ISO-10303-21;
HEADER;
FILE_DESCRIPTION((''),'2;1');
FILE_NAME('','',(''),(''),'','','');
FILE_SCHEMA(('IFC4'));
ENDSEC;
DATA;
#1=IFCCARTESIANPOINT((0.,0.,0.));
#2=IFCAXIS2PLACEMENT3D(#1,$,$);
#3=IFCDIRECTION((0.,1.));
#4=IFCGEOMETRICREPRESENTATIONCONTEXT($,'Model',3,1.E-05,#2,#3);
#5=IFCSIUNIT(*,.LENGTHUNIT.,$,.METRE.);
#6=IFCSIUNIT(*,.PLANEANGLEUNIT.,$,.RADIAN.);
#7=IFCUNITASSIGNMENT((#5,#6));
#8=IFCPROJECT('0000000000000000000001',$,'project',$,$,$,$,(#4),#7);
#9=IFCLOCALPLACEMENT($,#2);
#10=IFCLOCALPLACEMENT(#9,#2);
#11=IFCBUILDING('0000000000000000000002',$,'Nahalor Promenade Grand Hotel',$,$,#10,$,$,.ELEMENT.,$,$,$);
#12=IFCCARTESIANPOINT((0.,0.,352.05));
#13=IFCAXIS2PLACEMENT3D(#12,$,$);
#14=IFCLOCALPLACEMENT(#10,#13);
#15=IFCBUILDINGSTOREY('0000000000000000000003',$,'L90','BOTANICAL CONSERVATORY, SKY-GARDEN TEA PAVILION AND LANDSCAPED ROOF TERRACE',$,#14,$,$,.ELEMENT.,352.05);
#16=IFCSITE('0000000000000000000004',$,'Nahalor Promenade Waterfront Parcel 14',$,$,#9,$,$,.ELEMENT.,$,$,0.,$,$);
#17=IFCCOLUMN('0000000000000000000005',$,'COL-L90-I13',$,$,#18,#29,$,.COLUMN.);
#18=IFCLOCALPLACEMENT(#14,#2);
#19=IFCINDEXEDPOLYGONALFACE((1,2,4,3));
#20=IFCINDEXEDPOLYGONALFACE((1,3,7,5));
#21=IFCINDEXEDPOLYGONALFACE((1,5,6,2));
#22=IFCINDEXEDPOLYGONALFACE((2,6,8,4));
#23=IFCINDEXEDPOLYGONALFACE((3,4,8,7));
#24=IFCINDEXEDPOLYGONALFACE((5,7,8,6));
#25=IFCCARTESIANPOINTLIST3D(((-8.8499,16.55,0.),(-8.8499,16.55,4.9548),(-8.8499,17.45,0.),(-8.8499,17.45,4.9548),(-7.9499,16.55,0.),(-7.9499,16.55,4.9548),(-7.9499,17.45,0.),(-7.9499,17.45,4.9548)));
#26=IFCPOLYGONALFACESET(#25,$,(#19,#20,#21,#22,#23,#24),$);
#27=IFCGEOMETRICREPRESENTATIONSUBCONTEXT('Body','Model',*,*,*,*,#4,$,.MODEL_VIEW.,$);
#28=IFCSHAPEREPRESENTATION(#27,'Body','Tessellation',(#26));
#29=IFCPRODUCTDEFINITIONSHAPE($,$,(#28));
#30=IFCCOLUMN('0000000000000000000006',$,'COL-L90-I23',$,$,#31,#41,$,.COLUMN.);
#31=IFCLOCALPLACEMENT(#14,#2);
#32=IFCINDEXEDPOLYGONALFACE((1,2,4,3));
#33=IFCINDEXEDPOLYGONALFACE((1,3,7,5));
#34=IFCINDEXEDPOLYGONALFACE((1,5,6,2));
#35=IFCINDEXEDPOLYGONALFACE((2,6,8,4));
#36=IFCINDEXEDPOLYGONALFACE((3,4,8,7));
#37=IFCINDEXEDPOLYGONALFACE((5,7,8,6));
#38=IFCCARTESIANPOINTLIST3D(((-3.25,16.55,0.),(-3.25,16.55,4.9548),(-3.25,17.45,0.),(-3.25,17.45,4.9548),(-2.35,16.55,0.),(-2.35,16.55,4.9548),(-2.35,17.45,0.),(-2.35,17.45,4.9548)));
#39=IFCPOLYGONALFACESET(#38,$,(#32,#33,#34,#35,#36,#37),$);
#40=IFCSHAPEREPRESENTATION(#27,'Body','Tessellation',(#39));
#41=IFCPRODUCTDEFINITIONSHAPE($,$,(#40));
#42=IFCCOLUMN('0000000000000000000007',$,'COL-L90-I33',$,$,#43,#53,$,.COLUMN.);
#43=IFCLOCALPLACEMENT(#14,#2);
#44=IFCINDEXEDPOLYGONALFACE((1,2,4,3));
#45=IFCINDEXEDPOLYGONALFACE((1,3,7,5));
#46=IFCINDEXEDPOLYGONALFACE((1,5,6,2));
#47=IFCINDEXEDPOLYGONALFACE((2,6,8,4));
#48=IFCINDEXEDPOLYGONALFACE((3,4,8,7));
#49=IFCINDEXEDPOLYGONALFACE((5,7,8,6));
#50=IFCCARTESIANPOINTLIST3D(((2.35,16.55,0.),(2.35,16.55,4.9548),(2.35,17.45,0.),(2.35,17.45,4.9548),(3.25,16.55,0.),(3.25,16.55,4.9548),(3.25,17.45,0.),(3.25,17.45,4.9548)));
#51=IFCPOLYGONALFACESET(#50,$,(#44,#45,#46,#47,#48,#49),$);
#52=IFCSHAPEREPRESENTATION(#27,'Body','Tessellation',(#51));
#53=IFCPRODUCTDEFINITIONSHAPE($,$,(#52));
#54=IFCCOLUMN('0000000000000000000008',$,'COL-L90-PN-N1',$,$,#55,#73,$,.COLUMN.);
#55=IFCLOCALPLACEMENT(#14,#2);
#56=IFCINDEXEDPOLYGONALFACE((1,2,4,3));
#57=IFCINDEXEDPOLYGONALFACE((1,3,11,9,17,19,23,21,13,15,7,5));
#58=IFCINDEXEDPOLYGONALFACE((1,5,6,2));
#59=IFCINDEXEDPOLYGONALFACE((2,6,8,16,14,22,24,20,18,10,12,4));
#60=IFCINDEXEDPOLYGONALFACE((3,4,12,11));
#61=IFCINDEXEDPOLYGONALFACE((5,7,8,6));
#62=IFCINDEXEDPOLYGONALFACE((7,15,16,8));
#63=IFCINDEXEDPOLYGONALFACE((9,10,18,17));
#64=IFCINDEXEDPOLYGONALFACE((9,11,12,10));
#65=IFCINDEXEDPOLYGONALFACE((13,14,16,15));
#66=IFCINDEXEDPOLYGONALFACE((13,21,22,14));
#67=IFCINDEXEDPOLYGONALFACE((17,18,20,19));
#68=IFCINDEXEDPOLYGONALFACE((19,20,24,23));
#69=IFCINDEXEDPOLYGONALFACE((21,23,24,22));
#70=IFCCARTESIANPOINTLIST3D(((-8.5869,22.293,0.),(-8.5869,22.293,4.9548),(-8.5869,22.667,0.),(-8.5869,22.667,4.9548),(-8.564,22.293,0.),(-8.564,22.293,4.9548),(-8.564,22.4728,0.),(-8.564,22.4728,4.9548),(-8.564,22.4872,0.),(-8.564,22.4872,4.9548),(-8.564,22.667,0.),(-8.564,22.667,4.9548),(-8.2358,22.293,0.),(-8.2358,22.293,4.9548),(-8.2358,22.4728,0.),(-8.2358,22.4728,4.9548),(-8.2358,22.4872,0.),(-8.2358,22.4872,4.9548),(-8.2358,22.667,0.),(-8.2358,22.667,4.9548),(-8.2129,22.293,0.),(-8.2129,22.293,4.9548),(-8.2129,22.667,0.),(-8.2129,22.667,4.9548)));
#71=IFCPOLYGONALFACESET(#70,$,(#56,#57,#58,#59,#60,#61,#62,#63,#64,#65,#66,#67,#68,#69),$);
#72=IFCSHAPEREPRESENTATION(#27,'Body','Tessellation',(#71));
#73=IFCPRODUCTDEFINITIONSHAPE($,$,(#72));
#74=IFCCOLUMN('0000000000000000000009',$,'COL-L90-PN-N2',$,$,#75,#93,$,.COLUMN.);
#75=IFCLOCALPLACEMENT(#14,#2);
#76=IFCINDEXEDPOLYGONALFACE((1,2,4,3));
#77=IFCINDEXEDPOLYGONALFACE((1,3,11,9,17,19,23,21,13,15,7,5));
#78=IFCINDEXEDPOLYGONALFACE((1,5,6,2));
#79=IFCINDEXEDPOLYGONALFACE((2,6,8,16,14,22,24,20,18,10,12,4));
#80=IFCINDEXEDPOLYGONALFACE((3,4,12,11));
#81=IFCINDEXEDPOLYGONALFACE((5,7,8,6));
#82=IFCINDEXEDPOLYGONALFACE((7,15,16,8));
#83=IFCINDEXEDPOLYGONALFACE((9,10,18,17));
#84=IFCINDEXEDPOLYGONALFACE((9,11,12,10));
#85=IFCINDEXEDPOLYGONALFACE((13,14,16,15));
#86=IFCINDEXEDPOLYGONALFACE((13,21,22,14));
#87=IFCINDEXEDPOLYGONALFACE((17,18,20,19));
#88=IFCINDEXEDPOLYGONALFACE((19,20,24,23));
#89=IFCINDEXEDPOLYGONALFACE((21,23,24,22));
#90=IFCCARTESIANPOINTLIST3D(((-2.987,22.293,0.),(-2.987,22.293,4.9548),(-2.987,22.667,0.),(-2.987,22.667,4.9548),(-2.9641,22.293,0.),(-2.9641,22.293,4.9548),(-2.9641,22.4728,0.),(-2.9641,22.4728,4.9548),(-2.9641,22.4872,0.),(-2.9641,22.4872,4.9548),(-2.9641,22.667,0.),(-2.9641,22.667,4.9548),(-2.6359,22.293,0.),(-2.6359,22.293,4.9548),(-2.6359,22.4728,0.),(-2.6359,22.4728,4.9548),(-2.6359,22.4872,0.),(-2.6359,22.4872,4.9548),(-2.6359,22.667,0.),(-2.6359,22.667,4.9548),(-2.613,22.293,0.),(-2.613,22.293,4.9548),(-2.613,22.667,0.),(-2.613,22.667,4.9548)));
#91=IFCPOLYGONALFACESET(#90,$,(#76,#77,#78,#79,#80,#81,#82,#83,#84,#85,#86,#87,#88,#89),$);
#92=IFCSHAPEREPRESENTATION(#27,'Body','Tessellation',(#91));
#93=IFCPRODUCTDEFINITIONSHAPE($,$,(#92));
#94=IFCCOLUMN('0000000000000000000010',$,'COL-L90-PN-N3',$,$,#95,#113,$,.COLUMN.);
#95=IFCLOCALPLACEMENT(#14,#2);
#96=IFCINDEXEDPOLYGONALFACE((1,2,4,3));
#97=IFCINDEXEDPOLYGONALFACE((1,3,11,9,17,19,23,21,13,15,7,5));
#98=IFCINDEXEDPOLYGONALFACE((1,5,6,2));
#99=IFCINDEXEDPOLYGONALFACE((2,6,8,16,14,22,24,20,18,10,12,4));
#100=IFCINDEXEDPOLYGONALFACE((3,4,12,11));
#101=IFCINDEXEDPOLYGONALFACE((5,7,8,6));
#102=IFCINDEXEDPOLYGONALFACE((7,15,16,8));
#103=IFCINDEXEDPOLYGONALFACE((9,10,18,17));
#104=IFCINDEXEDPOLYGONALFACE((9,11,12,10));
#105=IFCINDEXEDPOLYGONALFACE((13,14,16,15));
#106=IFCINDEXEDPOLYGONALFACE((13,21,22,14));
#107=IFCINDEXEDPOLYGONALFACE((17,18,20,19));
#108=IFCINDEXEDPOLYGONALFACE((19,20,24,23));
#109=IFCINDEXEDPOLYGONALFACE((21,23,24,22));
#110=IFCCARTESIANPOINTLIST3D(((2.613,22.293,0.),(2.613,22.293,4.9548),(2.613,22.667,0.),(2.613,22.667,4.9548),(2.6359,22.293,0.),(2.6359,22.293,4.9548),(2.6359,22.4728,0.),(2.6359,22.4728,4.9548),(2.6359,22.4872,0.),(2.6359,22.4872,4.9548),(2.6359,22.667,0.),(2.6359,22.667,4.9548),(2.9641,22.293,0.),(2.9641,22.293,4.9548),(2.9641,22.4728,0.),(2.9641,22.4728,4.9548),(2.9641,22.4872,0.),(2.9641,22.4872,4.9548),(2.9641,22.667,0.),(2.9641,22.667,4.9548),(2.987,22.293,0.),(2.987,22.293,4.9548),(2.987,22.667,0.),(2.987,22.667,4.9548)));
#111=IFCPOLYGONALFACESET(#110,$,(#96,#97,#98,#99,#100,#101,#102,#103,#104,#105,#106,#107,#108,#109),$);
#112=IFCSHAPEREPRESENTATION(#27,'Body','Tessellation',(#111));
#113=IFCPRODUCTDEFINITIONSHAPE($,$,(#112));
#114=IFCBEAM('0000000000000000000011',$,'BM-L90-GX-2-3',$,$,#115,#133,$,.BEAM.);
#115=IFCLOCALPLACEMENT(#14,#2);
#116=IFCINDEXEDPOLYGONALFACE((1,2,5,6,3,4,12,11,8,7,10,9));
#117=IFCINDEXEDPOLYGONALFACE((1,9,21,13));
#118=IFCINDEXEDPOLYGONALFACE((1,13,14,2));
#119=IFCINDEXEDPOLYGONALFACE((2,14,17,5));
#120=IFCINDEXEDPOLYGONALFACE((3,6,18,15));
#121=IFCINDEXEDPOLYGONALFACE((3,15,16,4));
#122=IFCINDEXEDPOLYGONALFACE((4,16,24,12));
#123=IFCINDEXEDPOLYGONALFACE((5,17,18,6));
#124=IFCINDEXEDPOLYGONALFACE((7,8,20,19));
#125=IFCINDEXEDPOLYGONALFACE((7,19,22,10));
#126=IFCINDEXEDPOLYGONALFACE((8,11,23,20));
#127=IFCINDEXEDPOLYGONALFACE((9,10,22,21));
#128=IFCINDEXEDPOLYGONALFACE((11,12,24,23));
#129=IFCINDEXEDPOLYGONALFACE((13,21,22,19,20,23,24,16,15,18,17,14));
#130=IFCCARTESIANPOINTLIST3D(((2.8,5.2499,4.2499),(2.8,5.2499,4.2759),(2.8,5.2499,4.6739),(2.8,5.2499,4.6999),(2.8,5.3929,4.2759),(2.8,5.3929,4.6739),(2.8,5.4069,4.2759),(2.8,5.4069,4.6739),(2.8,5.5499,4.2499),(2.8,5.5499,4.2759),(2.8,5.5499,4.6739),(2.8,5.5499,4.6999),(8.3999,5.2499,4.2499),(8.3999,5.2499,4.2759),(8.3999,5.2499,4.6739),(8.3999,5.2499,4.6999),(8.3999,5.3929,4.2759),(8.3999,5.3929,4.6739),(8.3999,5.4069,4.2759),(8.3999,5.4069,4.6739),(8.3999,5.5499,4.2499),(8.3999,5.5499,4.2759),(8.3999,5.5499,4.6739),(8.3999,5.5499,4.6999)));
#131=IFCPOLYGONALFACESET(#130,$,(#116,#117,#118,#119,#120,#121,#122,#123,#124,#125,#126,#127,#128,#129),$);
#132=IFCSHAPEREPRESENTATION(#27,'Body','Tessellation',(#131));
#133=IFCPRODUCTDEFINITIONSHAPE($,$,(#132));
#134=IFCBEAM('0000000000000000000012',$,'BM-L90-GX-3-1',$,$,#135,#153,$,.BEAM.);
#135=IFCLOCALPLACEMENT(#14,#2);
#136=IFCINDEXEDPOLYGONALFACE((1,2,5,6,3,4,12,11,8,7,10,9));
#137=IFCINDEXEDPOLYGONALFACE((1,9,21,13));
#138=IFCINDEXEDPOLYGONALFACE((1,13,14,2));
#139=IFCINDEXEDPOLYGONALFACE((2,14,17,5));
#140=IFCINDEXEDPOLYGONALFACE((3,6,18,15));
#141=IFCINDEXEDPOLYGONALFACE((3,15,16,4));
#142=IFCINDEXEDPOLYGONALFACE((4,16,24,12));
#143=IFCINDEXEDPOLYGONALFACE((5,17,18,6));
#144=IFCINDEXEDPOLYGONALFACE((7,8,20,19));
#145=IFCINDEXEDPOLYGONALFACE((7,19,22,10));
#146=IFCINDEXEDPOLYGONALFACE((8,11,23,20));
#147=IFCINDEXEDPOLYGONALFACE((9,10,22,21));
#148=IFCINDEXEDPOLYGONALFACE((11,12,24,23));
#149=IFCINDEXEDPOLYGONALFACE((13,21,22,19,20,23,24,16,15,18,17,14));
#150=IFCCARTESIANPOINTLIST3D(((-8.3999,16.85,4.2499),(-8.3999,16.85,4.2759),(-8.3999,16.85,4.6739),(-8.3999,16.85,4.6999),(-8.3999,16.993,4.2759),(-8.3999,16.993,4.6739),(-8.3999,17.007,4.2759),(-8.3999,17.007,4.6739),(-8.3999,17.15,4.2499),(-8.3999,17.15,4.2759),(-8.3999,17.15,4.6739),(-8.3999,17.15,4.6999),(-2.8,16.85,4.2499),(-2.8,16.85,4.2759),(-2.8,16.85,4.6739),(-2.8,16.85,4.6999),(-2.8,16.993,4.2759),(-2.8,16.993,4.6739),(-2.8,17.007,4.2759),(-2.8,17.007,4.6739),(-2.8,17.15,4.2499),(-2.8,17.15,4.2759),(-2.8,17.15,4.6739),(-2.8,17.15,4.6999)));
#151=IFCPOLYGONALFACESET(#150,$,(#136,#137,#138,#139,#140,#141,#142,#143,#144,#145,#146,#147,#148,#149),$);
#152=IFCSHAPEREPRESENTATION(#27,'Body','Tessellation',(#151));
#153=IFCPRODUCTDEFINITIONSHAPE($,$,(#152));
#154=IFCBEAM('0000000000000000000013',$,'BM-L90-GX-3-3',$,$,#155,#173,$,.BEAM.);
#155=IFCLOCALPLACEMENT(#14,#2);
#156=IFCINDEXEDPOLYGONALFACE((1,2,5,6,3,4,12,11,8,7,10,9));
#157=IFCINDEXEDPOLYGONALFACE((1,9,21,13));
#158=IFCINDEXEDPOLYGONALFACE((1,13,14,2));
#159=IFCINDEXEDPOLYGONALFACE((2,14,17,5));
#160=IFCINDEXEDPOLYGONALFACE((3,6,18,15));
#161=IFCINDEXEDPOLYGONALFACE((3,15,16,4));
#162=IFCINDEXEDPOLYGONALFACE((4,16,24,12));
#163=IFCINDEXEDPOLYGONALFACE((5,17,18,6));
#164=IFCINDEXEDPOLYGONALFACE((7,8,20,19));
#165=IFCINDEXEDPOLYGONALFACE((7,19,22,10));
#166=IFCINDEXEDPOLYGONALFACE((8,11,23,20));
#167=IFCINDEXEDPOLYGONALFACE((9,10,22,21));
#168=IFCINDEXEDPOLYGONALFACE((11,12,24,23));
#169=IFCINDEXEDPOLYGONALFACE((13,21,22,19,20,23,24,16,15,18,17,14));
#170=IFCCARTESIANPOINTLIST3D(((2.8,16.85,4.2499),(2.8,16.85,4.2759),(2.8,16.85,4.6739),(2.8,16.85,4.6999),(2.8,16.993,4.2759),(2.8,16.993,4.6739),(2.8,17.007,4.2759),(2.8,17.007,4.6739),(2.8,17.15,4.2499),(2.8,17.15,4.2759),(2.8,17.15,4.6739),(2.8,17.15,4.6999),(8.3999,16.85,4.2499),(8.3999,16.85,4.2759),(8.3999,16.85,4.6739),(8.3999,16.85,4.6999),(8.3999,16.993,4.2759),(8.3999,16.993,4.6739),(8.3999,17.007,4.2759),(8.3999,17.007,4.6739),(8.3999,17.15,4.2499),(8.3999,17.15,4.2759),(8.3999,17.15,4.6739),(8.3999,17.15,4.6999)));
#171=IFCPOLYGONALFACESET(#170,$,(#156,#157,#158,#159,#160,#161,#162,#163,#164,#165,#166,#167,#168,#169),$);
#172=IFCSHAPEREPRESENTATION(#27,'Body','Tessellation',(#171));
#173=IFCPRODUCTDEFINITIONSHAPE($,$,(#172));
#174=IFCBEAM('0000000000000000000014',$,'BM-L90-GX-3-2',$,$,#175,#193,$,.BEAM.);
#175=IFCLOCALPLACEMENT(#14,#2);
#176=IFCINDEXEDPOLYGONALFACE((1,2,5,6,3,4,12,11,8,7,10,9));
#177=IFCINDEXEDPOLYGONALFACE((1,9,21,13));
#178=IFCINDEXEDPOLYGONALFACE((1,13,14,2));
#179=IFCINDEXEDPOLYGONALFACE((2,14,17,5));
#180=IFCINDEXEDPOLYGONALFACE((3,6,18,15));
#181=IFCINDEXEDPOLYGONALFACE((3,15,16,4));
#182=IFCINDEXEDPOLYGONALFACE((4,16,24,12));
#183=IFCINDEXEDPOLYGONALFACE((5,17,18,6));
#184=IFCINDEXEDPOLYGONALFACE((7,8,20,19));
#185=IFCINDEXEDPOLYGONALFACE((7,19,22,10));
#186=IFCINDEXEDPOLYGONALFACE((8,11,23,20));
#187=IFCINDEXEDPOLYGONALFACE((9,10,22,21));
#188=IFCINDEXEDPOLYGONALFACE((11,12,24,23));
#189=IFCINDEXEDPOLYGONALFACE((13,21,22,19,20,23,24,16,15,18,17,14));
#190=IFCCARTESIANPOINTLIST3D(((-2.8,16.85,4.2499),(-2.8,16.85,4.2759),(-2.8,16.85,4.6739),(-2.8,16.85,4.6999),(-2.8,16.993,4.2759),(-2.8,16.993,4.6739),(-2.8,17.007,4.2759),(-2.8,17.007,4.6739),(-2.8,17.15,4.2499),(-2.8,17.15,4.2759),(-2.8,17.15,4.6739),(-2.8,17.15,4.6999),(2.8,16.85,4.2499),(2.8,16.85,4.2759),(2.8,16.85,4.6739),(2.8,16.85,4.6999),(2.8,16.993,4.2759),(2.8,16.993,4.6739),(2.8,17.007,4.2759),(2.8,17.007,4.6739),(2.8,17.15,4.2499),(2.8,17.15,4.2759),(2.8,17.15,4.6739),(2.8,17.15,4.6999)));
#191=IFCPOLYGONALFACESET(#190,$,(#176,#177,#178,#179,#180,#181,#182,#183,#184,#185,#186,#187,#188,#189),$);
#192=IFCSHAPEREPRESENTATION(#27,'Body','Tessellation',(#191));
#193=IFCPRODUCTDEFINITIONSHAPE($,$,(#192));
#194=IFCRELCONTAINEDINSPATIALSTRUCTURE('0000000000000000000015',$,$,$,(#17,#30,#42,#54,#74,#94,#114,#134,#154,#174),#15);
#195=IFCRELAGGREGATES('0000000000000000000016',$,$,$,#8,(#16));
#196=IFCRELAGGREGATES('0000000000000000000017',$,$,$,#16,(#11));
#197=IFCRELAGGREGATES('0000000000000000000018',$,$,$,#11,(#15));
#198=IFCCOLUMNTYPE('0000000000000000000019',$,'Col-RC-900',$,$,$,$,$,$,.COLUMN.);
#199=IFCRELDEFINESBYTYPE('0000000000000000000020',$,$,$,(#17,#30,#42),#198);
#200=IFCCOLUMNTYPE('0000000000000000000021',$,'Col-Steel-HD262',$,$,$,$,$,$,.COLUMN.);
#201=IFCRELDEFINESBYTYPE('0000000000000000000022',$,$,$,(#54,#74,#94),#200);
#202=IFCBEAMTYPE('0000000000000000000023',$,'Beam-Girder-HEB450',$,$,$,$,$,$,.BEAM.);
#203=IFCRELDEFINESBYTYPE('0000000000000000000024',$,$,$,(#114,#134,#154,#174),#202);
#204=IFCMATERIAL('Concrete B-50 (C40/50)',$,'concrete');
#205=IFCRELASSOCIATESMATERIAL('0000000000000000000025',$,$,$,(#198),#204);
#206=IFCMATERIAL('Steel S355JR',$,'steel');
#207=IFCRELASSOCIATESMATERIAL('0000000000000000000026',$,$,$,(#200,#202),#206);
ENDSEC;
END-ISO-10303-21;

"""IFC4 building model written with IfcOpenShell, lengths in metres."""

from ifc_helpers import new_model, si_unit, direction, frame, origin, origin_2d, place, context, subcontext, project, spatial, rectangle, i_section, extrude, source, transform, mapped, material, material_profile, profile_set, type_object, element, save


model = new_model("IFC4")

# Units and contexts
model_context = context("Model", 3, precision=1e-05, world=origin(), true_north=direction((0.0, 1.0)))
body_context = subcontext(model_context, "Body", "Model", "MODEL_VIEW")
ifc_project = project(units=[si_unit("LENGTHUNIT", "METRE"), si_unit("PLANEANGLEUNIT", "RADIAN")], contexts=[model_context])

# Site, building, storey
site_placement = place(None, origin())
site = spatial("IfcSite", under=ifc_project, at=site_placement, Name="Nahalor Promenade Waterfront Parcel 14", CompositionType="ELEMENT", RefElevation=0.0)
building_placement = place(site_placement, origin())
building = spatial("IfcBuilding", under=site, at=building_placement, Name="Nahalor Promenade Grand Hotel", CompositionType="ELEMENT")
storey_placement = place(building_placement, frame((0.0, 0.0, 352.05)))
storey = spatial("IfcBuildingStorey", under=building, at=storey_placement, Name="L90", Description="BOTANICAL CONSERVATORY, SKY-GARDEN TEA PAVILION AND LANDSCAPED ROOF TERRACE", CompositionType="ELEMENT", Elevation=352.05)

# Columns
ifc_material_1 = material(Name="Concrete B-50 (C40/50)", Category="concrete")
ifc_material_profile_1 = material_profile(ifc_material_1, rectangle(XDim=0.9, YDim=0.9, at=origin_2d()), Name="RC 900x900")
ifc_profile_set_1 = profile_set([ifc_material_profile_1], Name="Concrete B-50 (C40/50)")
column_type_1 = type_object("IfcColumnType", Name="Col-RC-900", PredefinedType="COLUMN", material=ifc_profile_set_1)
shared_shape_1 = source(origin(), body_context, "Body", "SweptSolid", [
    extrude(rectangle(XDim=0.9, YDim=0.9, at=origin_2d()), origin(), (0.0, 0.0, 1.0), 4.9548),
])
for number, where, z_axis, x_axis, name in (
    (1, (-8.3999, 17.0, 0.0), (0.0, 0.0, 1.0), (1.0, 0.0, 0.0), "COL-L90-I13"),
    (2, (-2.8, 17.0, 0.0), (0.0, 0.0, 1.0), (1.0, 0.0, 0.0), "COL-L90-I23"),
    (3, (2.8, 17.0, 0.0), (0.0, 0.0, 1.0), (1.0, 0.0, 0.0), "COL-L90-I33"),
):
    element("IfcColumn", number, at=place(storey_placement, frame(where, z_axis=z_axis, x_axis=x_axis)), inside=storey, type_object=column_type_1, Name=name, PredefinedType="COLUMN", context=body_context, shape_type="MappedRepresentation", body=[
        mapped(shared_shape_1, transform((0.0, 0.0, 0.0), scale=1.0)),
    ])
ifc_material_2 = material(Name="Steel S355JR", Category="steel")
ifc_material_profile_2 = material_profile(ifc_material_2, i_section(OverallWidth=0.374, OverallDepth=0.374, WebThickness=0.0144, FlangeThickness=0.0229, at=origin_2d()), Name="HD 360x262")
ifc_profile_set_2 = profile_set([ifc_material_profile_2], Name="Steel S355JR")
column_type_2 = type_object("IfcColumnType", Name="Col-Steel-HD262", PredefinedType="COLUMN", material=ifc_profile_set_2)
shared_shape_2 = source(origin(), body_context, "Body", "SweptSolid", [
    extrude(i_section(OverallWidth=0.374, OverallDepth=0.374, WebThickness=0.0144, FlangeThickness=0.0229, at=origin_2d()), origin(), (0.0, 0.0, 1.0), 4.9548),
])
for number, where, z_axis, x_axis, name in (
    (4, (-8.3999, 22.48, 0.0), (0.0, 0.0, 1.0), (0.0, 1.0, 0.0), "COL-L90-PN-N1"),
    (5, (-2.8, 22.48, 0.0), (0.0, 0.0, 1.0), (0.0, 1.0, 0.0), "COL-L90-PN-N2"),
    (6, (2.8, 22.48, 0.0), (0.0, 0.0, 1.0), (0.0, 1.0, 0.0), "COL-L90-PN-N3"),
):
    element("IfcColumn", number, at=place(storey_placement, frame(where, z_axis=z_axis, x_axis=x_axis)), inside=storey, type_object=column_type_2, Name=name, PredefinedType="COLUMN", context=body_context, shape_type="MappedRepresentation", body=[
        mapped(shared_shape_2, transform((0.0, 0.0, 0.0), scale=1.0)),
    ])

# Beams
ifc_material_profile_3 = material_profile(ifc_material_2, i_section(OverallWidth=0.3, OverallDepth=0.45, WebThickness=0.014, FlangeThickness=0.026, at=origin_2d()), Name="HEB 450")
ifc_profile_set_3 = profile_set([ifc_material_profile_3], Name="Steel S355JR")
beam_type = type_object("IfcBeamType", Name="Beam-Girder-HEB450", PredefinedType="BEAM", material=ifc_profile_set_3)
shared_shape_3 = source(origin(), body_context, "Body", "SweptSolid", [
    extrude(i_section(OverallWidth=0.3, OverallDepth=0.45, WebThickness=0.014, FlangeThickness=0.026, at=origin_2d()), origin(), (0.0, 0.0, 1.0), 5.5999),
])
for number, where, z_axis, x_axis, name in (
    (7, (2.8, 5.3999, 4.4749), (1.0, 0.0, 0.0), (0.0, 1.0, 0.0), "BM-L90-GX-2-3"),
    (8, (-8.3999, 17.0, 4.4749), (1.0, 0.0, 0.0), (0.0, 1.0, 0.0), "BM-L90-GX-3-1"),
    (9, (2.8, 17.0, 4.4749), (1.0, 0.0, 0.0), (0.0, 1.0, 0.0), "BM-L90-GX-3-3"),
):
    element("IfcBeam", number, at=place(storey_placement, frame(where, z_axis=z_axis, x_axis=x_axis)), inside=storey, type_object=beam_type, Name=name, PredefinedType="BEAM", context=body_context, shape_type="MappedRepresentation", body=[
        mapped(shared_shape_3, transform((0.0, 0.0, 0.0), scale=1.0)),
    ])
shared_shape_4 = source(origin(), body_context, "Body", "SweptSolid", [
    extrude(i_section(OverallWidth=0.3, OverallDepth=0.45, WebThickness=0.014, FlangeThickness=0.026, at=origin_2d()), origin(), (0.0, 0.0, 1.0), 5.6001),
])
beam_1_placement = place(storey_placement, frame((-2.8, 17.0, 4.4749), z_axis=(1.0, 0.0, 0.0), x_axis=(0.0, 1.0, 0.0)))
element("IfcBeam", 10, at=beam_1_placement, inside=storey, type_object=beam_type, Name="BM-L90-GX-3-2", PredefinedType="BEAM", context=body_context, shape_type="MappedRepresentation", body=[
    mapped(shared_shape_4, transform((0.0, 0.0, 0.0), scale=1.0)),
])

save(model, "model.ifc")
